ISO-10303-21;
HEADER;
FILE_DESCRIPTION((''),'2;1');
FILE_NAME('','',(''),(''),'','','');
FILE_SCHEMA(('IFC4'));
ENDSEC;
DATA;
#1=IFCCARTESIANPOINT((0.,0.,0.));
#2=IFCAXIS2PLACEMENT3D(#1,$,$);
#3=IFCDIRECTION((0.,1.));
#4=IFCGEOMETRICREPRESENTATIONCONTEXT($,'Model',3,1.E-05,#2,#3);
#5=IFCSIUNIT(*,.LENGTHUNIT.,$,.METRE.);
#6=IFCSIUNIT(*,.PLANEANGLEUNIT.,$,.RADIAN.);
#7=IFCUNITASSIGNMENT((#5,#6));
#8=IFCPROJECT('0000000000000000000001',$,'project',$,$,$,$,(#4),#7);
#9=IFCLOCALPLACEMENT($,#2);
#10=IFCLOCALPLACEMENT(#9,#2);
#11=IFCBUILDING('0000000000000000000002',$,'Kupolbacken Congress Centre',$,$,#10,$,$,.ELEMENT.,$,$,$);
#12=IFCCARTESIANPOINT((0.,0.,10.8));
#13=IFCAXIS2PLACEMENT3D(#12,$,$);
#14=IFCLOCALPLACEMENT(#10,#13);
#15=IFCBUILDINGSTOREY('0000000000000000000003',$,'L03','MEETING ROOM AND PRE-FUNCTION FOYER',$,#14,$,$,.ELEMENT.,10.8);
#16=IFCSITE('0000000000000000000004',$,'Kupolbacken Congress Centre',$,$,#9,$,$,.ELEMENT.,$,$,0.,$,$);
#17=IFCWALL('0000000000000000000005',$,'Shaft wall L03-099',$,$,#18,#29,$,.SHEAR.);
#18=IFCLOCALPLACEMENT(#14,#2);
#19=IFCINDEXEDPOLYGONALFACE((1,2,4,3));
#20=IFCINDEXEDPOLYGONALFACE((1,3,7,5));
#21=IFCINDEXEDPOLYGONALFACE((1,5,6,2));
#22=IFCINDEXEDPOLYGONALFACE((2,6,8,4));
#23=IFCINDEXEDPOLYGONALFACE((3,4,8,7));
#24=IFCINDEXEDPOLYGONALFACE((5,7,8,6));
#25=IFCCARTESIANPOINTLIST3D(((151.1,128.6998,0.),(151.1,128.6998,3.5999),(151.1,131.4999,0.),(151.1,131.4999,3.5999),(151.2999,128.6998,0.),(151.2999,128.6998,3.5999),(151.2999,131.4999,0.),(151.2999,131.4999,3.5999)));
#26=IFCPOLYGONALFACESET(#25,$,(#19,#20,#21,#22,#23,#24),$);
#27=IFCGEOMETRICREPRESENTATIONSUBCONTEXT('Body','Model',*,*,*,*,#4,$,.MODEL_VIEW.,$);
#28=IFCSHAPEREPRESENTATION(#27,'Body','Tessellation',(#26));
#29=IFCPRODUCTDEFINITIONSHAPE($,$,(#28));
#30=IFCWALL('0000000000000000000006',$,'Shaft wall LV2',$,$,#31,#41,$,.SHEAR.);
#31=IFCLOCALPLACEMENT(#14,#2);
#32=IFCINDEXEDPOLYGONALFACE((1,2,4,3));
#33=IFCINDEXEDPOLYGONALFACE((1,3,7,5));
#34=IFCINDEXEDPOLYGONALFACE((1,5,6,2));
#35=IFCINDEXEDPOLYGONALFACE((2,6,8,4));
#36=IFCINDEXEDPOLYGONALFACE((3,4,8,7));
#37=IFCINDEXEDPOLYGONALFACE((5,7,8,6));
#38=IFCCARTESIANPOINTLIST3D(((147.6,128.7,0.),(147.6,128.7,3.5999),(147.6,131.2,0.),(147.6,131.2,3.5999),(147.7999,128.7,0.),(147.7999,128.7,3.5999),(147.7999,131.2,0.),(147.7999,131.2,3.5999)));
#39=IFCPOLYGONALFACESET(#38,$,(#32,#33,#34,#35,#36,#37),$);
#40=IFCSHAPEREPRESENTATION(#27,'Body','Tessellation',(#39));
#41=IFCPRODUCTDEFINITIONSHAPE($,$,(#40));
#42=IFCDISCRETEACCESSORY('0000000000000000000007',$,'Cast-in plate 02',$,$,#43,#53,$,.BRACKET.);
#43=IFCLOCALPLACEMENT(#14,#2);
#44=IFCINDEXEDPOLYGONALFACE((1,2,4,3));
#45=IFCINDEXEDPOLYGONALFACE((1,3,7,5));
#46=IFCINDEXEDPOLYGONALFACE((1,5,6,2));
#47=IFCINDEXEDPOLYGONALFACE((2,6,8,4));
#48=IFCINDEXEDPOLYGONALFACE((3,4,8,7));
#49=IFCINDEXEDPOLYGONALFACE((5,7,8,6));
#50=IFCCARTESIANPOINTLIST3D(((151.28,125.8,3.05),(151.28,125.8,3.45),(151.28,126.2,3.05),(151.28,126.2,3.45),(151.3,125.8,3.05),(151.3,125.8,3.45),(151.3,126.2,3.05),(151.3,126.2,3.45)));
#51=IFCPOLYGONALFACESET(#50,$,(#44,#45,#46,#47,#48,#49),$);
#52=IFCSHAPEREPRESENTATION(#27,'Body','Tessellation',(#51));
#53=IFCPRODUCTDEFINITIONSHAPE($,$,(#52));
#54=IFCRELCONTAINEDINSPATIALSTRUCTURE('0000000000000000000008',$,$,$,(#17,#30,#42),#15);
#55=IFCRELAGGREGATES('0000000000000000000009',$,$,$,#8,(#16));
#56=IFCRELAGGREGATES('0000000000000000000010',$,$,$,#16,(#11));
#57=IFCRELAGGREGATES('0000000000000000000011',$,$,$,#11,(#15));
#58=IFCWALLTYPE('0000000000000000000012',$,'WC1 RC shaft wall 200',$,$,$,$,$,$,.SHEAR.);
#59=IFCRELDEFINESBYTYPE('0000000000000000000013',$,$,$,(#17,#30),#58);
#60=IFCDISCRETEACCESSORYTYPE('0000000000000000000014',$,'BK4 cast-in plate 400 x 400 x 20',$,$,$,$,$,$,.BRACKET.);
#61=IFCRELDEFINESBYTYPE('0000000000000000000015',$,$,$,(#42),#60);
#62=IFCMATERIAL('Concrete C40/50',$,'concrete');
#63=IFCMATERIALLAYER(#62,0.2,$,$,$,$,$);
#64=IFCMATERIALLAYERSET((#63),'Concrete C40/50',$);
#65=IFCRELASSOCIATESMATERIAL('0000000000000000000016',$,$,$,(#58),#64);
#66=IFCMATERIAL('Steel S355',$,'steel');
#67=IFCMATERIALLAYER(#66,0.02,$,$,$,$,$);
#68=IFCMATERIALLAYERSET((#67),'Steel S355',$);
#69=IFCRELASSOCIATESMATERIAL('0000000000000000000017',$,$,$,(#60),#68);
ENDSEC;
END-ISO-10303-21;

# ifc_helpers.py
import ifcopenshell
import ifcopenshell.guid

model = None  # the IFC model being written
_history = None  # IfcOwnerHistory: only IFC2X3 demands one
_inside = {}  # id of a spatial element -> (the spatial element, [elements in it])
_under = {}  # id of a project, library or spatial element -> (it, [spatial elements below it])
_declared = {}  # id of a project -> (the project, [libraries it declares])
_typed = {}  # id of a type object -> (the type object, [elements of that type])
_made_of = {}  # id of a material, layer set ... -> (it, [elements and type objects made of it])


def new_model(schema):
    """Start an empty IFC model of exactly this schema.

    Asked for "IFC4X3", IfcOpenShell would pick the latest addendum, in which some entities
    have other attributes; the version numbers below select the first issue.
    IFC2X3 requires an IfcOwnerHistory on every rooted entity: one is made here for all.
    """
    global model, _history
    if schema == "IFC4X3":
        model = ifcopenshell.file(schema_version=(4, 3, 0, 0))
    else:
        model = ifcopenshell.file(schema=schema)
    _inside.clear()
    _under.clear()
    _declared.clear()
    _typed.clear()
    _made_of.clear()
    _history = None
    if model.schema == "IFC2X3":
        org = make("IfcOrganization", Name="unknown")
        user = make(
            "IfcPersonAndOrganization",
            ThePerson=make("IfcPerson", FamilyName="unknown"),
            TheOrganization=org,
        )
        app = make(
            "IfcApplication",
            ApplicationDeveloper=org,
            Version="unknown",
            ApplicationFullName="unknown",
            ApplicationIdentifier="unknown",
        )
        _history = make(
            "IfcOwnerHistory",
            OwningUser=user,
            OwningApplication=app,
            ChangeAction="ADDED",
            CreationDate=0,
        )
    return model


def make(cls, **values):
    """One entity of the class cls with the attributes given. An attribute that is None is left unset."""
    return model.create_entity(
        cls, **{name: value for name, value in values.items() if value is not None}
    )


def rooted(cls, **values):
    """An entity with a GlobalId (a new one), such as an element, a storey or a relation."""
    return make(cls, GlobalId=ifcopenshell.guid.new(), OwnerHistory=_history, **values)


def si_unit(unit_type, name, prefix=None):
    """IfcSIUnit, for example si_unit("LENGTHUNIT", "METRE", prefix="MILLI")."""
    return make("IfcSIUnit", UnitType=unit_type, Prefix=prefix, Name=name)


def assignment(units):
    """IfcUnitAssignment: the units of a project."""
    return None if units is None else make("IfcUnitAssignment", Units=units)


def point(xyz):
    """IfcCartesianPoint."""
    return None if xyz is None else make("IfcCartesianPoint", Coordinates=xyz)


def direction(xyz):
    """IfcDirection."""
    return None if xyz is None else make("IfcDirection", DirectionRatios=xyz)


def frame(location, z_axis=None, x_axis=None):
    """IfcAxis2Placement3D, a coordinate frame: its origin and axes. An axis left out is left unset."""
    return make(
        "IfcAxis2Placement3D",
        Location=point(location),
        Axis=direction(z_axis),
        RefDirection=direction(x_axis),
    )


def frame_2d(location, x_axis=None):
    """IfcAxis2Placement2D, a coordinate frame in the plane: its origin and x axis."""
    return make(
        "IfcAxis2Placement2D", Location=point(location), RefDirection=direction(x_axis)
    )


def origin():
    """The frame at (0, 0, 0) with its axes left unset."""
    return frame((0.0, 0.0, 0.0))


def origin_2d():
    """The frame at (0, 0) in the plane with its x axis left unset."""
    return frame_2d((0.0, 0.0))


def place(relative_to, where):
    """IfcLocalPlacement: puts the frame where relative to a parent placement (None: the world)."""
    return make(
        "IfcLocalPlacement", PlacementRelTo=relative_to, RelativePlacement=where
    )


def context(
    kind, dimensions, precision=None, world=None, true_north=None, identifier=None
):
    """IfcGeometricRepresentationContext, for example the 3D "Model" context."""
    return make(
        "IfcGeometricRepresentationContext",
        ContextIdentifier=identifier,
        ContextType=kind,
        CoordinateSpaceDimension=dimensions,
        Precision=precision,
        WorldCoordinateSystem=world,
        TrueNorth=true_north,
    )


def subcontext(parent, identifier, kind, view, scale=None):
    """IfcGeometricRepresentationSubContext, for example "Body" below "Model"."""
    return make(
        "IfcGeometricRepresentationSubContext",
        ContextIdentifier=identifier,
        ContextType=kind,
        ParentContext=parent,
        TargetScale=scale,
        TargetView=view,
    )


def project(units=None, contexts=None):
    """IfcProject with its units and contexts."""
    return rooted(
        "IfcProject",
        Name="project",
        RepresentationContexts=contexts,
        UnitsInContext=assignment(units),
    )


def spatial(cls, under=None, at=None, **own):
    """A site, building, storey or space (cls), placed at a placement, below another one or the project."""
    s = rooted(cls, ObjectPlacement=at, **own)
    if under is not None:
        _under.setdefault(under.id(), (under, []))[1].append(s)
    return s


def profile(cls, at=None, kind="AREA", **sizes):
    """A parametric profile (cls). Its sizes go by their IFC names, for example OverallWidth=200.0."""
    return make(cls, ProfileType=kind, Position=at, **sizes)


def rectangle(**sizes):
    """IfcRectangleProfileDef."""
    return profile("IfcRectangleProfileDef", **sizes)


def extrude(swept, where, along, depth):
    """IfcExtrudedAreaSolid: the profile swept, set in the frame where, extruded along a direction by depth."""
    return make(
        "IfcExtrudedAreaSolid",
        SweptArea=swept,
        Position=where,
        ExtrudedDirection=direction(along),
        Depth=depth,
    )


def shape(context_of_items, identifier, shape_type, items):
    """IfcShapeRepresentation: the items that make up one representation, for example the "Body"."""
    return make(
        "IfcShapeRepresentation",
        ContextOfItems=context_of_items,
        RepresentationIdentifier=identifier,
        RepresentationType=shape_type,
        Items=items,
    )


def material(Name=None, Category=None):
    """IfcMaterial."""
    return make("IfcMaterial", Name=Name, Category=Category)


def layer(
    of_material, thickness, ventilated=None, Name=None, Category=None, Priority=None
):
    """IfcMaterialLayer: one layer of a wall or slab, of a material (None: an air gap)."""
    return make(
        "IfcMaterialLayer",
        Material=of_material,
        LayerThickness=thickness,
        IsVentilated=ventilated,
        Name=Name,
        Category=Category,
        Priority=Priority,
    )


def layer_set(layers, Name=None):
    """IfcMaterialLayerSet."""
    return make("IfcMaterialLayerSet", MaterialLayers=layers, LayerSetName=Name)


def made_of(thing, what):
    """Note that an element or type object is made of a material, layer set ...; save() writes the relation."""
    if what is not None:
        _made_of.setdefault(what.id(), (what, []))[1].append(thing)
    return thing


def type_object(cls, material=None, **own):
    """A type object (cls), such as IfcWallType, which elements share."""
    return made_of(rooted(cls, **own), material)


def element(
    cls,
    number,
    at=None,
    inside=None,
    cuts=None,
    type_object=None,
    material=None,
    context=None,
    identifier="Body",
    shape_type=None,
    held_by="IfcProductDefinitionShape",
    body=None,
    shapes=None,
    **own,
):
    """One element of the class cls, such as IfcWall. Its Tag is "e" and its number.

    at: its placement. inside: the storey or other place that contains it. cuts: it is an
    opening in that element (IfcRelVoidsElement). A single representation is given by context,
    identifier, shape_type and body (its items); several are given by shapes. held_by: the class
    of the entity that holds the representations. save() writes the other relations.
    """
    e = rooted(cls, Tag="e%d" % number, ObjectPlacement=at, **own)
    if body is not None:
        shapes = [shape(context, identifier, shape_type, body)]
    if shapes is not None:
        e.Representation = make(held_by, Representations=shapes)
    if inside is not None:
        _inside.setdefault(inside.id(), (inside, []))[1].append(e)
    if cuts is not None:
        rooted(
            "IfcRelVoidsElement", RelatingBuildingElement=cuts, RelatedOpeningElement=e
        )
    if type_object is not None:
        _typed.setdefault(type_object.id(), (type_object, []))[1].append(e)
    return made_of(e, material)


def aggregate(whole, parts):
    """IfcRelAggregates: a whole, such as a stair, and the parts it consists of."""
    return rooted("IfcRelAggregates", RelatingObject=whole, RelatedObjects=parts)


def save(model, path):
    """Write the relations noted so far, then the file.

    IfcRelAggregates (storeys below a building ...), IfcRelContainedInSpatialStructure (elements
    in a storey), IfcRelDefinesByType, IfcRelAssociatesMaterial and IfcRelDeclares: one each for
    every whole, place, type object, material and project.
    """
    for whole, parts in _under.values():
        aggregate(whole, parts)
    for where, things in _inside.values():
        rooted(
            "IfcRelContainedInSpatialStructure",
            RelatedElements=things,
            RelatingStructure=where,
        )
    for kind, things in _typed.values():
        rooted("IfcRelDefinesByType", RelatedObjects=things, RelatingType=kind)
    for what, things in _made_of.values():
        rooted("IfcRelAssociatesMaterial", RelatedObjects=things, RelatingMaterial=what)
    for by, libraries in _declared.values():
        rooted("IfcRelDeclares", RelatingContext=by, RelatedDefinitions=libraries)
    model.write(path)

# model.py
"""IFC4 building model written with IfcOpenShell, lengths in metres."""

from ifc_helpers import new_model, si_unit, direction, frame, frame_2d, origin, origin_2d, place, context, subcontext, project, spatial, rectangle, extrude, material, layer, layer_set, type_object, element, save


model = new_model("IFC4")

# Units and contexts
model_context = context("Model", 3, precision=1e-05, world=origin(), true_north=direction((0.0, 1.0)))
body_context = subcontext(model_context, "Body", "Model", "MODEL_VIEW")
ifc_project = project(units=[si_unit("LENGTHUNIT", "METRE"), si_unit("PLANEANGLEUNIT", "RADIAN")], contexts=[model_context])

# Site, building, storey
site_placement = place(None, origin())
site = spatial("IfcSite", under=ifc_project, at=site_placement, Name="Kupolbacken Congress Centre", CompositionType="ELEMENT", RefElevation=0.0)
building_placement = place(site_placement, origin())
building = spatial("IfcBuilding", under=site, at=building_placement, Name="Kupolbacken Congress Centre", CompositionType="ELEMENT")
storey_placement = place(building_placement, frame((0.0, 0.0, 10.8)))
storey = spatial("IfcBuildingStorey", under=building, at=storey_placement, Name="L03", Description="MEETING ROOM AND PRE-FUNCTION FOYER", CompositionType="ELEMENT", Elevation=10.8)

# Walls
ifc_material_1 = material(Name="Concrete C40/50", Category="concrete")
ifc_layer_1 = layer(ifc_material_1, 0.2)
ifc_layer_set_1 = layer_set([ifc_layer_1], Name="Concrete C40/50")
wall_type_1 = type_object("IfcWallType", Name="WC1 RC shaft wall 200", PredefinedType="SHEAR", material=ifc_layer_set_1)
wall_1_placement = place(storey_placement, frame((151.2, 128.7, 0.0), z_axis=(0.0, 0.0, 1.0), x_axis=(0.0, 1.0, 0.0)))
element("IfcWall", 1, at=wall_1_placement, inside=storey, type_object=wall_type_1, Name="Shaft wall L03-099", PredefinedType="SHEAR", context=body_context, shape_type="SweptSolid", body=[
    extrude(rectangle(XDim=2.8, YDim=0.2, at=frame_2d((1.3999, 0.0))), origin(), (0.0, 0.0, 1.0), 3.5999),
])
wall_2_placement = place(storey_placement, frame((147.7, 128.7, 0.0), z_axis=(0.0, 0.0, 1.0), x_axis=(0.0, 1.0, 0.0)))
element("IfcWall", 2, at=wall_2_placement, inside=storey, type_object=wall_type_1, Name="Shaft wall LV2", PredefinedType="SHEAR", context=body_context, shape_type="SweptSolid", body=[
    extrude(rectangle(XDim=2.5, YDim=0.2, at=frame_2d((1.25, 0.0))), origin(), (0.0, 0.0, 1.0), 3.5999),
])

# Discrete accessory
ifc_material_2 = material(Name="Steel S355", Category="steel")
ifc_layer_2 = layer(ifc_material_2, 0.02)
ifc_layer_set_2 = layer_set([ifc_layer_2], Name="Steel S355")
discrete_accessory_type = type_object("IfcDiscreteAccessoryType", Name="BK4 cast-in plate 400 x 400 x 20", PredefinedType="BRACKET", material=ifc_layer_set_2)
discrete_accessory_placement = place(storey_placement, frame((151.29, 126.0, 3.05), z_axis=(0.0, 0.0, 1.0), x_axis=(1.0, 0.0, 0.0)))
element("IfcDiscreteAccessory", 3, at=discrete_accessory_placement, inside=storey, type_object=discrete_accessory_type, Name="Cast-in plate 02", PredefinedType="BRACKET", context=body_context, shape_type="SweptSolid", body=[
    extrude(rectangle(XDim=0.02, YDim=0.3999, at=origin_2d()), origin(), (0.0, 0.0, 1.0), 0.3999),
])

save(model, "model.ifc")
